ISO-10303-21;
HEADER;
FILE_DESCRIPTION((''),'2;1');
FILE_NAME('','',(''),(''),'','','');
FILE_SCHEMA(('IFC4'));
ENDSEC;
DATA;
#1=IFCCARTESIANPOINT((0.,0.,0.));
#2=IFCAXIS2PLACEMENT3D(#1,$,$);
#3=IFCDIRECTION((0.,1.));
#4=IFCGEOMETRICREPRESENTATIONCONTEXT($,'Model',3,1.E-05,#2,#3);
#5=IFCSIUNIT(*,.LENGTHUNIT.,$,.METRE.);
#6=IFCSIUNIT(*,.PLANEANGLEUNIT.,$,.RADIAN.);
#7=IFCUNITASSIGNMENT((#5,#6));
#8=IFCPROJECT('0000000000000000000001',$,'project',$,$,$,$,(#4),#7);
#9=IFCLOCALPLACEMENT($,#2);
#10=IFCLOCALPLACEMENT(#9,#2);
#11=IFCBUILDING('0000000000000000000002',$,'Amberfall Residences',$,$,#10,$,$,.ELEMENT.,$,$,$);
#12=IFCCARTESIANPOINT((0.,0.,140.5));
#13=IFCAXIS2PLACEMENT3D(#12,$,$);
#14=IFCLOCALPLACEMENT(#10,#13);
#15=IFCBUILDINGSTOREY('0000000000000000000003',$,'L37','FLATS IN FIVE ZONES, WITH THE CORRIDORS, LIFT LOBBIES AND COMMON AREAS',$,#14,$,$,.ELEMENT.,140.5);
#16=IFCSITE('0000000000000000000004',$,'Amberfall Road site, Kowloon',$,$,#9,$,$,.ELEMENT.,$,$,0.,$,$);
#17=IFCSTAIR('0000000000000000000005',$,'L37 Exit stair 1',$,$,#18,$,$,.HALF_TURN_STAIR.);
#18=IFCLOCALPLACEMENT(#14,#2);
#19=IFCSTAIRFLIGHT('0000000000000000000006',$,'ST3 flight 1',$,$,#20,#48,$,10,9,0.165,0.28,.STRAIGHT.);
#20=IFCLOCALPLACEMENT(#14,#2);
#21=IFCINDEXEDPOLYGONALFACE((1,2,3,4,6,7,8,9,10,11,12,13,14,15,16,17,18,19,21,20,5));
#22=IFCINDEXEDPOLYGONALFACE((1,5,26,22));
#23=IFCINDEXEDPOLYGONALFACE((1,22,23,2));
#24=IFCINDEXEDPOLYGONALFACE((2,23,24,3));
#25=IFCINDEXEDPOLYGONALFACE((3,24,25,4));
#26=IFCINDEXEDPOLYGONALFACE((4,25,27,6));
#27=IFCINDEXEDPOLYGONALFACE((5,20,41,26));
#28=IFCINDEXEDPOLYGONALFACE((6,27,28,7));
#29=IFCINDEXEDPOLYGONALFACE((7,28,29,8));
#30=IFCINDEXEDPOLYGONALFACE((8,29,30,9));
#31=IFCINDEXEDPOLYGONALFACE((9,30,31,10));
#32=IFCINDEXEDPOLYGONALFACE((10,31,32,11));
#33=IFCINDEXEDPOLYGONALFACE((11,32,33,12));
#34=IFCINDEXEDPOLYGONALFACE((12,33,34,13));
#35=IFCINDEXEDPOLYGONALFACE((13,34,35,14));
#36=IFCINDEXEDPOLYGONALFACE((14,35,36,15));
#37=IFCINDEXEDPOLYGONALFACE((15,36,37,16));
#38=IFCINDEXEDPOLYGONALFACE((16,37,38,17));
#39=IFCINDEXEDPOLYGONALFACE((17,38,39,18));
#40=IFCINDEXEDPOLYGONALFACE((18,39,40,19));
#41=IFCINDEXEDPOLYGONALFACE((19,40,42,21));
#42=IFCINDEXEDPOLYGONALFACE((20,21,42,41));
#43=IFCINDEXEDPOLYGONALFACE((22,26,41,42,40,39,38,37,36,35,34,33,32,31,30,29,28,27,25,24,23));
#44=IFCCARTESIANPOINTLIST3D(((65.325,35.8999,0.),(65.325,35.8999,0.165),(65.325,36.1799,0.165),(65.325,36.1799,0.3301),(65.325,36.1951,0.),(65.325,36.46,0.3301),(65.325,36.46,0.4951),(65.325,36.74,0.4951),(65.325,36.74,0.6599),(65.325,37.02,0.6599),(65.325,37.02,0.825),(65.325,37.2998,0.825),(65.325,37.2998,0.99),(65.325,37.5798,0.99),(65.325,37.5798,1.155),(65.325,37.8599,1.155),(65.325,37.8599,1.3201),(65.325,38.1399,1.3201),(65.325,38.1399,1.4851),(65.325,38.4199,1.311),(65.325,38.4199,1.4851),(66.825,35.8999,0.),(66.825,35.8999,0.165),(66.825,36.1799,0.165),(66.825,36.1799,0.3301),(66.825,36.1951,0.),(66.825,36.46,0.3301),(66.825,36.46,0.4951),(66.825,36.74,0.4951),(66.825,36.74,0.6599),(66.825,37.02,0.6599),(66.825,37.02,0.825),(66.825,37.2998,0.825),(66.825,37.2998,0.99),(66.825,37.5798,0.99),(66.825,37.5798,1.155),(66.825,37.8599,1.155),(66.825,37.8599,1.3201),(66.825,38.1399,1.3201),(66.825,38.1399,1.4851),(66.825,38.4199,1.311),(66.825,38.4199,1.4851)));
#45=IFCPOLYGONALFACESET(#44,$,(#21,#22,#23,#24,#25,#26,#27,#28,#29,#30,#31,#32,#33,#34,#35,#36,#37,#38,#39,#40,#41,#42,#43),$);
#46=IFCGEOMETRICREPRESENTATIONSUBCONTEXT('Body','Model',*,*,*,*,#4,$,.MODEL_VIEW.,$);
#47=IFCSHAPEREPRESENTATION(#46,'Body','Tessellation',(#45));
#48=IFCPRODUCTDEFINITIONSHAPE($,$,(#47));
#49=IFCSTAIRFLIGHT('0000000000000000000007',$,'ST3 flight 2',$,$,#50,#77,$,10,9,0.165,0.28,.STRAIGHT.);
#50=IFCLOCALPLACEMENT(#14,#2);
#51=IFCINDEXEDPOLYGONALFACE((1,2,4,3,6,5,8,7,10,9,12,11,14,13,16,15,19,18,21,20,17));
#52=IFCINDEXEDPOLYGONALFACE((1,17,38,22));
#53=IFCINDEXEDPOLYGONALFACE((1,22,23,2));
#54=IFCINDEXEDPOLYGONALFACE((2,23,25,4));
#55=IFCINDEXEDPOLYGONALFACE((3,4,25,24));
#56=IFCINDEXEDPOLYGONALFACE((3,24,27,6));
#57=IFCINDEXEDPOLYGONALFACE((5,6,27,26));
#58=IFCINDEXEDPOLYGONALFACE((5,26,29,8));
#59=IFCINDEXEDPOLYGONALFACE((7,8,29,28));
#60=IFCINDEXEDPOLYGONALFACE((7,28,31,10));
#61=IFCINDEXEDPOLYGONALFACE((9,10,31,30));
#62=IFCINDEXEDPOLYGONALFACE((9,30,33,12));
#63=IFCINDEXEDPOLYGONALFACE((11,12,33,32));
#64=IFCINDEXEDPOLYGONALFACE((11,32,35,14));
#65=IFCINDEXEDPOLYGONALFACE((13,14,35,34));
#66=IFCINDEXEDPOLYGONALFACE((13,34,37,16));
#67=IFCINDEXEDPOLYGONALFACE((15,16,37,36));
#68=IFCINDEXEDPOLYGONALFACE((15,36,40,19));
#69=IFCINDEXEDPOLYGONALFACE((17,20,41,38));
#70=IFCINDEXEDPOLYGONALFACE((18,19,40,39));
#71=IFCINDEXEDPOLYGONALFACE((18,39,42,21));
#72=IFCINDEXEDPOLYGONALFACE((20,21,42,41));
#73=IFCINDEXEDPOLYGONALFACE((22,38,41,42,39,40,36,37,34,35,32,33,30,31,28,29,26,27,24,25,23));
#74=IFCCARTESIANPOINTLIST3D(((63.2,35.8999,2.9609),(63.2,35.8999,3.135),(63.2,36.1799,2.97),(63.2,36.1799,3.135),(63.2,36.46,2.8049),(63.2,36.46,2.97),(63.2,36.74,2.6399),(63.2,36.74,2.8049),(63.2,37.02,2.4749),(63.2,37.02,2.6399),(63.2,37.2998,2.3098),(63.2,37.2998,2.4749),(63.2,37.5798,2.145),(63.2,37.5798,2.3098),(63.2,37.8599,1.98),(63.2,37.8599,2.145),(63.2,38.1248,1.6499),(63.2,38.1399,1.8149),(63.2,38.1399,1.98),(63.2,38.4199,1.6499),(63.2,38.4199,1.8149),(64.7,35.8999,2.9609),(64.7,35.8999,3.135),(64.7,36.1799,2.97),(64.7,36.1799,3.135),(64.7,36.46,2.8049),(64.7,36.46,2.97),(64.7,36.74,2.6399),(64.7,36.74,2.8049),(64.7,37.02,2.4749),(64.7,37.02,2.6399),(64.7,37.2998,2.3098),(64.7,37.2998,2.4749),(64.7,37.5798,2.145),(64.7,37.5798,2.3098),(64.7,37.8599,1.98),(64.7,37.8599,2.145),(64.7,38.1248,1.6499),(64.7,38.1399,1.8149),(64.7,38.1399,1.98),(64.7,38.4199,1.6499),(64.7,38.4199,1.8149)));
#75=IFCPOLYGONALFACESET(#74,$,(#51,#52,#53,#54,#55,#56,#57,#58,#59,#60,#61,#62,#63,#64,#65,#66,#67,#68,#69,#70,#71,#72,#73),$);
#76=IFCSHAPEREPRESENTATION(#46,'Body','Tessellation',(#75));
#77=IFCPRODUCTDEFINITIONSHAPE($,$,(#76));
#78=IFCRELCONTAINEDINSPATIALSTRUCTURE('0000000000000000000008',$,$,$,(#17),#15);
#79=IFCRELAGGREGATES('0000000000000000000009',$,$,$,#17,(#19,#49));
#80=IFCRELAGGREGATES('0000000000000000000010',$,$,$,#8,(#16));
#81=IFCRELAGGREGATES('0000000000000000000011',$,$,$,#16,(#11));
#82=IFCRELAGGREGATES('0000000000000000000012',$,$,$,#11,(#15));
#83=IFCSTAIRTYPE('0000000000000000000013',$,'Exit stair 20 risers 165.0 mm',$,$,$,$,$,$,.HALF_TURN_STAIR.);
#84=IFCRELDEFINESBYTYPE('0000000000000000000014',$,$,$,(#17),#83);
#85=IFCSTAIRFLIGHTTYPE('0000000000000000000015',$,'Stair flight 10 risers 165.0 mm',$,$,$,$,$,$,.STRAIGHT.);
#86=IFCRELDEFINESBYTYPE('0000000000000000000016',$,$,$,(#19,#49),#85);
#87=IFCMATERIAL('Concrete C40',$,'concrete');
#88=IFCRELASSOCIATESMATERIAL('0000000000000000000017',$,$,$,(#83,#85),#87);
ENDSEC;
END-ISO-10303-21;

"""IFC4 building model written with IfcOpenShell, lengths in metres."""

from ifc_helpers import new_model, si_unit, direction, frame, origin, place, context, subcontext, project, spatial, polyline, outline, extrude, material, type_object, element, aggregate, save


model = new_model("IFC4")

# Units and contexts
model_context = context("Model", 3, precision=1e-05, world=origin(), true_north=direction((0.0, 1.0)))
body_context = subcontext(model_context, "Body", "Model", "MODEL_VIEW")
ifc_project = project(units=[si_unit("LENGTHUNIT", "METRE"), si_unit("PLANEANGLEUNIT", "RADIAN")], contexts=[model_context])

# Site, building, storey
site_placement = place(None, origin())
site = spatial("IfcSite", under=ifc_project, at=site_placement, Name="Amberfall Road site, Kowloon", CompositionType="ELEMENT", RefElevation=0.0)
building_placement = place(site_placement, origin())
building = spatial("IfcBuilding", under=site, at=building_placement, Name="Amberfall Residences", CompositionType="ELEMENT")
storey_placement = place(building_placement, frame((0.0, 0.0, 140.5)))
storey = spatial("IfcBuildingStorey", under=building, at=storey_placement, Name="L37", Description="FLATS IN FIVE ZONES, WITH THE CORRIDORS, LIFT LOBBIES AND COMMON AREAS", CompositionType="ELEMENT", Elevation=140.5)

# Stair, stair flights
ifc_material_1 = material(Name="Concrete C40", Category="concrete")
stair_type = type_object("IfcStairType", Name="Exit stair 20 risers 165.0 mm", PredefinedType="HALF_TURN_STAIR", material=ifc_material_1)
stair_placement = place(storey_placement, origin())
stair = element("IfcStair", 1, at=stair_placement, inside=storey, type_object=stair_type, Name="L37 Exit stair 1", PredefinedType="HALF_TURN_STAIR")
stair_flight_type = type_object("IfcStairFlightType", Name="Stair flight 10 risers 165.0 mm", PredefinedType="STRAIGHT", material=ifc_material_1)
stair_flight_1_placement = place(storey_placement, frame((66.075, 35.8999, 0.0), z_axis=(0.0, 0.0, 1.0), x_axis=(0.0, 1.0, 0.0)))
stair_flight_1 = element("IfcStairFlight", 2, at=stair_flight_1_placement, type_object=stair_flight_type, Name="ST3 flight 1", NumberOfRisers=10, NumberOfTreads=9, PredefinedType="STRAIGHT", RiserHeight=0.165, TreadLength=0.28, context=body_context, shape_type="SweptSolid", body=[
    extrude(outline(polyline([(0.0, 0.0), (0.0, 0.165), (0.28, 0.165), (0.28, 0.3301), (0.5601, 0.3301), (0.5601, 0.4951), (0.8401, 0.4951), (0.8401, 0.6599), (1.1201, 0.6599), (1.1201, 0.825), (1.3999, 0.825), (1.3999, 0.99), (1.6799, 0.99), (1.6799, 1.155), (1.96, 1.155), (1.96, 1.3201), (2.24, 1.3201), (2.24, 1.4851), (2.52, 1.4851), (2.52, 1.6499), (2.52, 1.311), (0.2952, 0.0), (0.0, 0.0)])), frame((0.0, 0.75, 0.0), z_axis=(0.0, -1.0, 0.0), x_axis=(1.0, 0.0, 0.0)), (0.0, 0.0, 1.0), 1.5),
])
stair_flight_2_placement = place(storey_placement, frame((63.95, 38.4199, 1.6499), z_axis=(0.0, 0.0, 1.0), x_axis=(0.0, -1.0, 0.0)))
stair_flight_2 = element("IfcStairFlight", 3, at=stair_flight_2_placement, type_object=stair_flight_type, Name="ST3 flight 2", NumberOfRisers=10, NumberOfTreads=9, PredefinedType="STRAIGHT", RiserHeight=0.165, TreadLength=0.28, context=body_context, shape_type="SweptSolid", body=[
    extrude(outline(polyline([(0.0, 0.0), (0.0, 0.165), (0.28, 0.165), (0.28, 0.3301), (0.5601, 0.3301), (0.5601, 0.4951), (0.8401, 0.4951), (0.8401, 0.6599), (1.1201, 0.6599), (1.1201, 0.825), (1.3999, 0.825), (1.3999, 0.99), (1.6799, 0.99), (1.6799, 1.155), (1.96, 1.155), (1.96, 1.3201), (2.24, 1.3201), (2.24, 1.4851), (2.52, 1.4851), (2.52, 1.6499), (2.52, 1.311), (0.2952, 0.0), (0.0, 0.0)])), frame((0.0, 0.75, 0.0), z_axis=(0.0, -1.0, 0.0), x_axis=(1.0, 0.0, 0.0)), (0.0, 0.0, 1.0), 1.5),
])
aggregate(stair, [stair_flight_1, stair_flight_2])

save(model, "model.ifc")
